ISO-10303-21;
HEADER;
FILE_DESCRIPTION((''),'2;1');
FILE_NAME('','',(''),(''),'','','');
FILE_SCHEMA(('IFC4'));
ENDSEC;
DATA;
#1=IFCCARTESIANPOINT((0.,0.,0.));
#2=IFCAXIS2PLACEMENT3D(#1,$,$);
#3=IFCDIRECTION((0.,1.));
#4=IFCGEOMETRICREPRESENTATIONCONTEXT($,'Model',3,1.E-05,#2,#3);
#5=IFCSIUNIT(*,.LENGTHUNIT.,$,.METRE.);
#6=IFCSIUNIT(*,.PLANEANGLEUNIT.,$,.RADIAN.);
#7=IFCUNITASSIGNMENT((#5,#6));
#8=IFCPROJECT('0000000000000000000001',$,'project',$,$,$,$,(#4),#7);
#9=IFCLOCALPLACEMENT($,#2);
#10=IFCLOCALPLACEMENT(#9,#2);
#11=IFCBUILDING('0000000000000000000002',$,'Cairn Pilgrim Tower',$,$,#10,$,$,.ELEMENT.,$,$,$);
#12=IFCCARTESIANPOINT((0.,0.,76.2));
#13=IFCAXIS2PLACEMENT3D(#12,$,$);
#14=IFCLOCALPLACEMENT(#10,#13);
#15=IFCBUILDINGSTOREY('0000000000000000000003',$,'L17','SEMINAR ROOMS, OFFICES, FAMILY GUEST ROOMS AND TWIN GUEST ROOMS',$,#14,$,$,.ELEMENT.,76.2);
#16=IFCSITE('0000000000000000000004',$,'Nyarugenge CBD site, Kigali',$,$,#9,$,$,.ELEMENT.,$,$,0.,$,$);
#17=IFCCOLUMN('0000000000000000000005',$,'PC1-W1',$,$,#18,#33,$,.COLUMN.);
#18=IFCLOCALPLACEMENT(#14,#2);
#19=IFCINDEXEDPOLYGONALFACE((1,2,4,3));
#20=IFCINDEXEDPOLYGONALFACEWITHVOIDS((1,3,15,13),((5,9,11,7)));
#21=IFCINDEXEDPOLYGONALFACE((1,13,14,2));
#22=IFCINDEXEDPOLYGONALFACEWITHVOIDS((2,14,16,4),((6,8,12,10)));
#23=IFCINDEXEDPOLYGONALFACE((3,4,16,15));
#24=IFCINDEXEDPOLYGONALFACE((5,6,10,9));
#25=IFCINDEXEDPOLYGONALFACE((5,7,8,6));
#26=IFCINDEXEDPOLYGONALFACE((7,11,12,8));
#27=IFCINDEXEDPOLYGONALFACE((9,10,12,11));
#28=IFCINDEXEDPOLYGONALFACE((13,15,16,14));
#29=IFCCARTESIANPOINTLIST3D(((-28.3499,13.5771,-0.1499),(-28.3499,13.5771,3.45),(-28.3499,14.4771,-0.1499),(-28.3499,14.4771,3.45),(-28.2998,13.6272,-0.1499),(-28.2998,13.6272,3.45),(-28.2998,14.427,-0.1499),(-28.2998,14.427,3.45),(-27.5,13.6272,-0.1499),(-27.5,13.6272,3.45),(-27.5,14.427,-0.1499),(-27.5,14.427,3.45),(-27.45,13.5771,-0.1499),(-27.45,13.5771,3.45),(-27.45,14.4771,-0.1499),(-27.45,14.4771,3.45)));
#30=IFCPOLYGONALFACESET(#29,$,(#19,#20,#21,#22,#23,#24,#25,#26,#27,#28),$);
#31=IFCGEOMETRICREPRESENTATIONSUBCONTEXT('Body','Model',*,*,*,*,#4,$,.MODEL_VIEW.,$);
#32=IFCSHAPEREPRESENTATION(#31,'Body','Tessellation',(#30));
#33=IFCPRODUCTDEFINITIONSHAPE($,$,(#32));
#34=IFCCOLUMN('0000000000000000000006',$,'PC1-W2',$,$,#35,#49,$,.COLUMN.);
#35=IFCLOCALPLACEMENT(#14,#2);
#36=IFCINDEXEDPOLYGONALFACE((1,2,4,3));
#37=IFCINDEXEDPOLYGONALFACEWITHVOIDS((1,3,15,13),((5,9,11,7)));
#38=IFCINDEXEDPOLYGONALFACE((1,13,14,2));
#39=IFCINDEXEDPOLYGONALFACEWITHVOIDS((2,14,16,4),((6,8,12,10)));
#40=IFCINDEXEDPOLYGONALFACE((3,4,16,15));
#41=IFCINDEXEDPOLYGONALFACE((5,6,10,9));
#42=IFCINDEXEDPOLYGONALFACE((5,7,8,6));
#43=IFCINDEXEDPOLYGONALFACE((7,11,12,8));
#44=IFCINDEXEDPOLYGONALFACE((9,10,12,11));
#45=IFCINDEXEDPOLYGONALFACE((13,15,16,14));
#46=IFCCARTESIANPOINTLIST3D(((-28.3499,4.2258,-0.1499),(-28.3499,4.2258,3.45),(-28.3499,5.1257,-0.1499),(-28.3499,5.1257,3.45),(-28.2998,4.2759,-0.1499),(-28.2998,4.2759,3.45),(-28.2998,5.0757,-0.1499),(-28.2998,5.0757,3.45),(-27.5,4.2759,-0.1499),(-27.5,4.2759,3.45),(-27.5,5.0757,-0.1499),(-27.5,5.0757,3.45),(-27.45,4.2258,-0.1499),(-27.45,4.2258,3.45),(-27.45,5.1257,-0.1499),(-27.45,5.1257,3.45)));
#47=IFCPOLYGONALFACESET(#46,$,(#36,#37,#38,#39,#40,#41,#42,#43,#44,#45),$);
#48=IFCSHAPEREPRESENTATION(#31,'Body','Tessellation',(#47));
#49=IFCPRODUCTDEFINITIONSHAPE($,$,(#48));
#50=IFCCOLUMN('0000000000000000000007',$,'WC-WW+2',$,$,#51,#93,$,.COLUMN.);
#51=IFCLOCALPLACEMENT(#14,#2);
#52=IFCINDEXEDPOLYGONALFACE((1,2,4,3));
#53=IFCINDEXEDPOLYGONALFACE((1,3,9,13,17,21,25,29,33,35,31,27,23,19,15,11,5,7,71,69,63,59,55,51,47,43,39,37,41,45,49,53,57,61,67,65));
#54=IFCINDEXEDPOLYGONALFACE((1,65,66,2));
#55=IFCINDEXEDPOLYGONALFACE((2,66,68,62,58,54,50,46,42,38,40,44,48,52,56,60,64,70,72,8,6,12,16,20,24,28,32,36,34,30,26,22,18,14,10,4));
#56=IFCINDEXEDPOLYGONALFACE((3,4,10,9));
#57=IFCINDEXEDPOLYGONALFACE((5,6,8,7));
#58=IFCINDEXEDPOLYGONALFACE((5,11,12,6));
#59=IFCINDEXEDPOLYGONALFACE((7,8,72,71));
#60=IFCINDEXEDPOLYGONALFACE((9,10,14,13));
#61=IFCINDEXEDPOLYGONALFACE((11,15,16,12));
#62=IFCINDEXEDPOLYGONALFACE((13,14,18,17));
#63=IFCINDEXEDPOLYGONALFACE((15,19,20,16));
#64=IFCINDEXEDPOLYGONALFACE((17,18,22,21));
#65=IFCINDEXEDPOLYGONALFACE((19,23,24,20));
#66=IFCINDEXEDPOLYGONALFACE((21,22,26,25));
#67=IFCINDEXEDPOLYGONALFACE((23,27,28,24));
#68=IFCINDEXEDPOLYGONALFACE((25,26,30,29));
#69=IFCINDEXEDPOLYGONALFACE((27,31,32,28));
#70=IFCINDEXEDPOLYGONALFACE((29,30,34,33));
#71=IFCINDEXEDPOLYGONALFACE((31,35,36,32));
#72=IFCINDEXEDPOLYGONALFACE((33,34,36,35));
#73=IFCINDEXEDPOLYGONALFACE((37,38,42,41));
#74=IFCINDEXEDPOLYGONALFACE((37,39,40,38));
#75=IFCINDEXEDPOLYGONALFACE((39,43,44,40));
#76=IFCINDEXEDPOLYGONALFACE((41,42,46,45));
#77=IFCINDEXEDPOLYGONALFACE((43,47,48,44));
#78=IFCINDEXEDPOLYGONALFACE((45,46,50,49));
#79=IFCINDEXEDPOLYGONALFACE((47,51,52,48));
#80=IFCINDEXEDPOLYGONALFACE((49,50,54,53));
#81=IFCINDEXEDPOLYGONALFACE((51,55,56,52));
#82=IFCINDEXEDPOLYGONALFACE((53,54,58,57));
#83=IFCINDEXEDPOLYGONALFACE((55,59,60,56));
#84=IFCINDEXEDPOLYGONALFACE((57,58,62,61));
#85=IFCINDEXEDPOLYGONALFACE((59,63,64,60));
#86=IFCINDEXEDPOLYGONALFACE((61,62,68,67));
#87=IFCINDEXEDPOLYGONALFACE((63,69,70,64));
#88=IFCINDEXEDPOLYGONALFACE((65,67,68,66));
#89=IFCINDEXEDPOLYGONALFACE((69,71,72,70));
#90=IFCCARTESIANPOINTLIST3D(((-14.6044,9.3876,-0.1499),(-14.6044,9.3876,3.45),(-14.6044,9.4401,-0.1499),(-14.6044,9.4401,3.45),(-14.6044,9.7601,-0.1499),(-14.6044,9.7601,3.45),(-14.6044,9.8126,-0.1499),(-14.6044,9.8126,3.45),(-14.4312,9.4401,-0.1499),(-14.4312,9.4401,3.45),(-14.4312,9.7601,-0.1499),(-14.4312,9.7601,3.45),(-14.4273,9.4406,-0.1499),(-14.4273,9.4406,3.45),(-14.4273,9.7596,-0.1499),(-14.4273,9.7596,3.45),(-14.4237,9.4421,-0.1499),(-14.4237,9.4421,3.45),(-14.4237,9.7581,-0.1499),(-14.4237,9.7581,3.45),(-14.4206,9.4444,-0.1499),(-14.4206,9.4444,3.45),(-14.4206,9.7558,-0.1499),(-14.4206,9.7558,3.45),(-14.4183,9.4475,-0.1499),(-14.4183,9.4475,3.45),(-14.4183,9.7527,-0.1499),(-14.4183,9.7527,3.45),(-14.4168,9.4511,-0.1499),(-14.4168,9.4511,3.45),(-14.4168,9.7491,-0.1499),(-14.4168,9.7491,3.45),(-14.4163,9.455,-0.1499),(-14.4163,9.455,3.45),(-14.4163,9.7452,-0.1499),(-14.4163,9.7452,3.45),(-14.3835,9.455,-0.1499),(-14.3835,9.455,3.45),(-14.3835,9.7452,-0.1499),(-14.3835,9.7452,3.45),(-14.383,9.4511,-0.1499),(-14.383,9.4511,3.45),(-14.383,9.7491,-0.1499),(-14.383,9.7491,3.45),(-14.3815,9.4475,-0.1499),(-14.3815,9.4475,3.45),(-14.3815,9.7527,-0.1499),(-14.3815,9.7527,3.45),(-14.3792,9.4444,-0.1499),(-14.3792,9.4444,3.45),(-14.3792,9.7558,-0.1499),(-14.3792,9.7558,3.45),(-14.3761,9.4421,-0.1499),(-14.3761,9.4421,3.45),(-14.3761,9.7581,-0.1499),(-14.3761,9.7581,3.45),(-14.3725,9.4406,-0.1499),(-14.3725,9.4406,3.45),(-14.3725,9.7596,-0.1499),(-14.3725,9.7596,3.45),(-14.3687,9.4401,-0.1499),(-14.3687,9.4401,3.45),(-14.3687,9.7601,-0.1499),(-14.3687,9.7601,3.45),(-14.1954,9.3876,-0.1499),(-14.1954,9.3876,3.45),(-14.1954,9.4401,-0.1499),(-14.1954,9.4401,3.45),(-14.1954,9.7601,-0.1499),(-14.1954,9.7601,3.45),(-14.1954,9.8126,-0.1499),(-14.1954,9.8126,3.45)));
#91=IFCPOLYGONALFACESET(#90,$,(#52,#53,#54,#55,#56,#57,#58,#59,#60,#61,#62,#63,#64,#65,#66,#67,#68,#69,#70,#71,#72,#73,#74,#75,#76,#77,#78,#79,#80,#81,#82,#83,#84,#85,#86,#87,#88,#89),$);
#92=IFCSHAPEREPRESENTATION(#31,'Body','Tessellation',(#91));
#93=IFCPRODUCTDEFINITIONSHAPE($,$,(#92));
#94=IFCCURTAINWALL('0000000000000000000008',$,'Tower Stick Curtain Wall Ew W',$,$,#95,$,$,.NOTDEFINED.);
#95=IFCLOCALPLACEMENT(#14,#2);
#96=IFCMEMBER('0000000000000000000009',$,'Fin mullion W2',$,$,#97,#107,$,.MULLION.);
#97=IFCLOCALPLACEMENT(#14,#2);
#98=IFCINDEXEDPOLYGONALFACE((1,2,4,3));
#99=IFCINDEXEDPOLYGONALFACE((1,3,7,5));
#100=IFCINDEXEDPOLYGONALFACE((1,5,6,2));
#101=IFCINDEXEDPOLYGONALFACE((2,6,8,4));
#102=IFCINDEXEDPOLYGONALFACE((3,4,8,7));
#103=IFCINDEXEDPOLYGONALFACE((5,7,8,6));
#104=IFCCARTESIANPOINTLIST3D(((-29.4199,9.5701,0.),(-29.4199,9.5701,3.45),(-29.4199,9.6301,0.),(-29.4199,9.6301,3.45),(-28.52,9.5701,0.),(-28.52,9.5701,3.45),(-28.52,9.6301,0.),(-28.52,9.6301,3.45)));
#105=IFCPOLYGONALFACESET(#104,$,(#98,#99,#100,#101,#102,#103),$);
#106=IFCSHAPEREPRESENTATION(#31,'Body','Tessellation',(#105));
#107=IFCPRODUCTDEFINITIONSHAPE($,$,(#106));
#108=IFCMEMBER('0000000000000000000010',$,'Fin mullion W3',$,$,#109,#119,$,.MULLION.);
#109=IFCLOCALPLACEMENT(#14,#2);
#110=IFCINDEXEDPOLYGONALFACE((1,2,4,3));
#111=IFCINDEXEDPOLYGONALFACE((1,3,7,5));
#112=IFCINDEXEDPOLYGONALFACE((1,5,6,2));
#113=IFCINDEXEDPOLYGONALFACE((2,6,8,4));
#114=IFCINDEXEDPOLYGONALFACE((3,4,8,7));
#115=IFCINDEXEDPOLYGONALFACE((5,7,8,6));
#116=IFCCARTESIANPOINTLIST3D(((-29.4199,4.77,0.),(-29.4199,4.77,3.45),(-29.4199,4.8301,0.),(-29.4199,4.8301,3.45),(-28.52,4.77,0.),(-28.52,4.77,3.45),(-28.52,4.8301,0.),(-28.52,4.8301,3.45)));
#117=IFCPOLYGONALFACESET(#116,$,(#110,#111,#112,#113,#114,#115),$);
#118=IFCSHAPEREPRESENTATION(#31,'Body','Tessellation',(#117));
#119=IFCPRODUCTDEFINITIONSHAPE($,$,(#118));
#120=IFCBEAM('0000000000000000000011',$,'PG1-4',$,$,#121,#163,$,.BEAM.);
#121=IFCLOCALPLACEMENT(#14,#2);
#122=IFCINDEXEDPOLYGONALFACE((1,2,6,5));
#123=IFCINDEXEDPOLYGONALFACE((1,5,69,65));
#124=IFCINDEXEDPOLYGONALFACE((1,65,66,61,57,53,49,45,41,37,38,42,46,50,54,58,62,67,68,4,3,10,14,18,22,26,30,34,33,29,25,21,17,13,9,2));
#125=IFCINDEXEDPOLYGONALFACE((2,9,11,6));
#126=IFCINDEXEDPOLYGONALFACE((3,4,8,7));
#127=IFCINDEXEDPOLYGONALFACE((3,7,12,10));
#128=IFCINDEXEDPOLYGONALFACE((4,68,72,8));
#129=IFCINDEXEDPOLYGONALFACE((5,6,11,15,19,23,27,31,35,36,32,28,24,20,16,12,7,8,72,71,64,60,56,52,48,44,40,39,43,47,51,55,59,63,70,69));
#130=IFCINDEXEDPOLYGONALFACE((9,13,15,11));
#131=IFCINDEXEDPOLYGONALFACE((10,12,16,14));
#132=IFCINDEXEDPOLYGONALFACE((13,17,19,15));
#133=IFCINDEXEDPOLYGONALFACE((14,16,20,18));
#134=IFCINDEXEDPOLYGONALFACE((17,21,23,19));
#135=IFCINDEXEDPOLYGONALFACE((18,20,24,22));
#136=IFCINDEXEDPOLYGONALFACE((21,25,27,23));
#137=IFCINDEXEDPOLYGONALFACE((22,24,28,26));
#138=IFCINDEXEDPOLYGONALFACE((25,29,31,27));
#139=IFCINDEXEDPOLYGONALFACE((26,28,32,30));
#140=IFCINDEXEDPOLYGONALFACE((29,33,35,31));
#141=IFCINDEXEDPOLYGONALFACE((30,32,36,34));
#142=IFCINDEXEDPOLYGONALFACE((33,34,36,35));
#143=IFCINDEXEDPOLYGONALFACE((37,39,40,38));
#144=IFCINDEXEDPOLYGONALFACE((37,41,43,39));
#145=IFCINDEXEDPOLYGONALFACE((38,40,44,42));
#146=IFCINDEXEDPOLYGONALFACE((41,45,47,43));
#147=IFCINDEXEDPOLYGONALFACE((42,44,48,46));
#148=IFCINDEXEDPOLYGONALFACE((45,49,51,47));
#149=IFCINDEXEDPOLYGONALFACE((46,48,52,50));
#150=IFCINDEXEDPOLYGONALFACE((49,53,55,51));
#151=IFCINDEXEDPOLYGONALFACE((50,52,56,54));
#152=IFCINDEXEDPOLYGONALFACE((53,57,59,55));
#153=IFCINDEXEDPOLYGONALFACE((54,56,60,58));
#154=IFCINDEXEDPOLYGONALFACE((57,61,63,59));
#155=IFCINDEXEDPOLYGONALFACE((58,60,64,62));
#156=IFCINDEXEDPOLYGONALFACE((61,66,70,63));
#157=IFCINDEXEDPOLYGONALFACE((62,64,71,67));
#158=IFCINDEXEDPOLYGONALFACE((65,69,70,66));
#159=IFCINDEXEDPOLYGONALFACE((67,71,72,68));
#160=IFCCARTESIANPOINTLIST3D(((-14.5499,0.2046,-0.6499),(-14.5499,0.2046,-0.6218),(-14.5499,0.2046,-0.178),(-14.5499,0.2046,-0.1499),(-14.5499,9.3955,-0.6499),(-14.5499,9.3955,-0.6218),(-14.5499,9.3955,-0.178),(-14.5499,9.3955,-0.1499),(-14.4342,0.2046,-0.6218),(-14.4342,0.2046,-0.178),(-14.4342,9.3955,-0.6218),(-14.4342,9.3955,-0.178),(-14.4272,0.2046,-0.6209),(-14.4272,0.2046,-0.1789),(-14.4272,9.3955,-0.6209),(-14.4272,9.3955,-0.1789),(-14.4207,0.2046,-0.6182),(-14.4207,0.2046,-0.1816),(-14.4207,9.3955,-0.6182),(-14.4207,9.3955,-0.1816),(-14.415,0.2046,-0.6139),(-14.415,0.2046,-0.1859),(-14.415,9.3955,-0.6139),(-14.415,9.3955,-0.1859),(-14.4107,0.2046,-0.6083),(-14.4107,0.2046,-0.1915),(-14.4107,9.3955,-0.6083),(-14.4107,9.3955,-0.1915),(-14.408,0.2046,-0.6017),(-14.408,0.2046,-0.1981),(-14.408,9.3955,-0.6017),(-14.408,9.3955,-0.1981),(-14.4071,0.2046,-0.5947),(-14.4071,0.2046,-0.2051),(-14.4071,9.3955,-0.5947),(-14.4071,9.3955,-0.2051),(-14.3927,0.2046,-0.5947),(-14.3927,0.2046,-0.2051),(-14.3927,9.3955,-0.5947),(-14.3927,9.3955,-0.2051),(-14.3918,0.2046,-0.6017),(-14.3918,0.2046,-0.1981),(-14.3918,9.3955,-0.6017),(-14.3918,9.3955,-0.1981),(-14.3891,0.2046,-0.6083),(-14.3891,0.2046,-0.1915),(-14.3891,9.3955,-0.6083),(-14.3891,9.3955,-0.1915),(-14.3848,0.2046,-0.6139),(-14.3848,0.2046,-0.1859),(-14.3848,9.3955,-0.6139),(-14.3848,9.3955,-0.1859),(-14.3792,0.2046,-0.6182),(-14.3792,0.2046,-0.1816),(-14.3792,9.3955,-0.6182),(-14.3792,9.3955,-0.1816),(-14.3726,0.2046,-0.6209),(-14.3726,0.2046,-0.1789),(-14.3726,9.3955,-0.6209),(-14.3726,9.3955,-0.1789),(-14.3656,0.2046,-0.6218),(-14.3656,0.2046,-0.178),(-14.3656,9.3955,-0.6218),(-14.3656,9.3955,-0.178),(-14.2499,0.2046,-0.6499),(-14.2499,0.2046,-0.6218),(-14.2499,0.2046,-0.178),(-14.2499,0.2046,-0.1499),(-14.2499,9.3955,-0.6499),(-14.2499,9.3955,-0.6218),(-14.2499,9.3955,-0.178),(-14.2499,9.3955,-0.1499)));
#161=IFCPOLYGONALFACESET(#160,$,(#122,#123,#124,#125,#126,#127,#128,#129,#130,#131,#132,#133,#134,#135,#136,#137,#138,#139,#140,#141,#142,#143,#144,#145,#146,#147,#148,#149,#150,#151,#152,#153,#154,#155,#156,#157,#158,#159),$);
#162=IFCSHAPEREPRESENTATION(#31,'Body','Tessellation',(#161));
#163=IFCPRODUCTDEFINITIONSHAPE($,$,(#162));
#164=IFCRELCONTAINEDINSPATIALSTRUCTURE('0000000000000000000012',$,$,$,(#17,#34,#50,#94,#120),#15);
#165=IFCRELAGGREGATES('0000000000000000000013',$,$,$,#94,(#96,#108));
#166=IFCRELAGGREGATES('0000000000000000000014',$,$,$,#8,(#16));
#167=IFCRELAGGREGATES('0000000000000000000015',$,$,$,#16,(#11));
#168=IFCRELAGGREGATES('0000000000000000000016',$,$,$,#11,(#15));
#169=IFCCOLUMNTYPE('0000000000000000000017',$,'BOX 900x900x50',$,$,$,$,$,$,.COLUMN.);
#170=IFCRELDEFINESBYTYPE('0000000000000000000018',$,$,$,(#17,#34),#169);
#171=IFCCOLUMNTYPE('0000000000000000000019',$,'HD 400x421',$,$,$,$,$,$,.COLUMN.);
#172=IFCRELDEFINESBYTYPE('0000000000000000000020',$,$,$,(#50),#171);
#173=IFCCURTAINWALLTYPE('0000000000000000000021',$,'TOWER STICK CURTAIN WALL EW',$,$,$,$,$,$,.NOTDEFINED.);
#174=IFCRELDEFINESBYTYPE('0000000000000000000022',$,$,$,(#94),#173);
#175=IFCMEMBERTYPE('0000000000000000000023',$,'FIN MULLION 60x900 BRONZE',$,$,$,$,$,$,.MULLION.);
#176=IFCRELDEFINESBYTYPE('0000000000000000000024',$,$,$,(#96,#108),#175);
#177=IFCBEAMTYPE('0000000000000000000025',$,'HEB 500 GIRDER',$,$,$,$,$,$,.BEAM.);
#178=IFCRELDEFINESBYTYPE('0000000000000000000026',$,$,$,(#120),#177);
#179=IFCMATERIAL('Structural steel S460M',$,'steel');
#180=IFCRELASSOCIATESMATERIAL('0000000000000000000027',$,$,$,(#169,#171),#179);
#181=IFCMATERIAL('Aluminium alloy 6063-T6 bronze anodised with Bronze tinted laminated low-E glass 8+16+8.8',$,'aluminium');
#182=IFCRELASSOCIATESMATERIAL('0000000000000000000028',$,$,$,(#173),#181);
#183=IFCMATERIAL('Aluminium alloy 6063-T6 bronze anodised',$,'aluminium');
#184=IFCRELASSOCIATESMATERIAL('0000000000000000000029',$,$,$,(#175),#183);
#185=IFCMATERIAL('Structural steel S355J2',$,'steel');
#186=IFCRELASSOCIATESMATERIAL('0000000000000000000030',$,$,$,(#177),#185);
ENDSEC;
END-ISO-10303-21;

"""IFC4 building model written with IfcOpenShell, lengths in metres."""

from ifc_helpers import new_model, si_unit, direction, frame, origin, origin_2d, place, context, subcontext, project, spatial, rectangle, hollow_rectangle, i_section, extrude, material, material_profile, profile_set, type_object, element, aggregate, save


model = new_model("IFC4")

# Units and contexts
model_context = context("Model", 3, precision=1e-05, world=origin(), true_north=direction((0.0, 1.0)))
body_context = subcontext(model_context, "Body", "Model", "MODEL_VIEW")
ifc_project = project(units=[si_unit("LENGTHUNIT", "METRE"), si_unit("PLANEANGLEUNIT", "RADIAN")], contexts=[model_context])

# Site, building, storey
site_placement = place(None, origin())
site = spatial("IfcSite", under=ifc_project, at=site_placement, Name="Nyarugenge CBD site, Kigali", CompositionType="ELEMENT", RefElevation=0.0)
building_placement = place(site_placement, origin())
building = spatial("IfcBuilding", under=site, at=building_placement, Name="Cairn Pilgrim Tower", CompositionType="ELEMENT")
storey_placement = place(building_placement, frame((0.0, 0.0, 76.2)))
storey = spatial("IfcBuildingStorey", under=building, at=storey_placement, Name="L17", Description="SEMINAR ROOMS, OFFICES, FAMILY GUEST ROOMS AND TWIN GUEST ROOMS", CompositionType="ELEMENT", Elevation=76.2)

# Columns
ifc_material_1 = material(Name="Structural steel S460M", Category="steel")
ifc_material_profile_1 = material_profile(ifc_material_1, hollow_rectangle(XDim=0.8999, YDim=0.8999, WallThickness=0.05, at=origin_2d()), Name="BOX 900x900x50")
ifc_profile_set_1 = profile_set([ifc_material_profile_1], Name="Structural steel S460M")
column_type_1 = type_object("IfcColumnType", Name="BOX 900x900x50", PredefinedType="COLUMN", material=ifc_profile_set_1)
for number, where, z_axis, x_axis, name in (
    (1, (-27.8999, 14.0271, -0.1499), (0.0, 0.0, 1.0), (1.0, 0.0, 0.0), "PC1-W1"),
    (2, (-27.8999, 4.6758, -0.1499), (0.0, 0.0, 1.0), (1.0, 0.0, 0.0), "PC1-W2"),
):
    element("IfcColumn", number, at=place(storey_placement, frame(where, z_axis=z_axis, x_axis=x_axis)), inside=storey, type_object=column_type_1, Name=name, PredefinedType="COLUMN", context=body_context, shape_type="SweptSolid", body=[
        extrude(hollow_rectangle(XDim=0.8999, YDim=0.8999, WallThickness=0.05, at=origin_2d()), origin(), (0.0, 0.0, 1.0), 3.5999),
    ])
ifc_material_profile_2 = material_profile(ifc_material_1, i_section(OverallWidth=0.4089, OverallDepth=0.425, WebThickness=0.0327, FlangeThickness=0.0525, FilletRadius=0.0149, at=origin_2d()), Name="HD 400x421")
ifc_profile_set_2 = profile_set([ifc_material_profile_2], Name="Structural steel S460M")
column_type_2 = type_object("IfcColumnType", Name="HD 400x421", PredefinedType="COLUMN", material=ifc_profile_set_2)
column_placement = place(storey_placement, frame((-14.3999, 9.6001, -0.1499), z_axis=(0.0, 0.0, 1.0), x_axis=(1.0, 0.0, 0.0)))
element("IfcColumn", 3, at=column_placement, inside=storey, type_object=column_type_2, Name="WC-WW+2", PredefinedType="COLUMN", context=body_context, shape_type="SweptSolid", body=[
    extrude(i_section(OverallWidth=0.4089, OverallDepth=0.425, WebThickness=0.0327, FlangeThickness=0.0525, FilletRadius=0.0149, at=origin_2d()), origin(), (0.0, 0.0, 1.0), 3.5999),
])

# Curtain wall, members
ifc_material_2 = material(Name="Aluminium alloy 6063-T6 bronze anodised with Bronze tinted laminated low-E glass 8+16+8.8", Category="aluminium")
curtain_wall_type = type_object("IfcCurtainWallType", Name="TOWER STICK CURTAIN WALL EW", PredefinedType="NOTDEFINED", material=ifc_material_2)
curtain_wall_placement = place(storey_placement, origin())
curtain_wall = element("IfcCurtainWall", 4, at=curtain_wall_placement, inside=storey, type_object=curtain_wall_type, Name="Tower Stick Curtain Wall Ew W", PredefinedType="NOTDEFINED")
ifc_material_3 = material(Name="Aluminium alloy 6063-T6 bronze anodised", Category="aluminium")
ifc_material_profile_3 = material_profile(ifc_material_3, rectangle(XDim=0.8999, YDim=0.0601, at=origin_2d()), Name="FIN MULLION 60x900 BRONZE")
ifc_profile_set_3 = profile_set([ifc_material_profile_3], Name="Aluminium alloy 6063-T6 bronze anodised")
member_type_1 = type_object("IfcMemberType", Name="FIN MULLION 60x900 BRONZE", PredefinedType="MULLION", material=ifc_profile_set_3)
member_1_placement = place(storey_placement, frame((-28.97, 9.6001, 0.0), z_axis=(0.0, 0.0, 1.0), x_axis=(-1.0, 0.0, 0.0)))
member_1 = element("IfcMember", 5, at=member_1_placement, type_object=member_type_1, Name="Fin mullion W2", PredefinedType="MULLION", context=body_context, shape_type="SweptSolid", body=[
    extrude(rectangle(XDim=0.8999, YDim=0.0601, at=origin_2d()), origin(), (0.0, 0.0, 1.0), 3.45),
])
member_2_placement = place(storey_placement, frame((-28.97, 4.8, 0.0), z_axis=(0.0, 0.0, 1.0), x_axis=(-1.0, 0.0, 0.0)))
member_2 = element("IfcMember", 6, at=member_2_placement, type_object=member_type_1, Name="Fin mullion W3", PredefinedType="MULLION", context=body_context, shape_type="SweptSolid", body=[
    extrude(rectangle(XDim=0.8999, YDim=0.0601, at=origin_2d()), origin(), (0.0, 0.0, 1.0), 3.45),
])

# Beam
ifc_material_4 = material(Name="Structural steel S355J2", Category="steel")
ifc_material_profile_4 = material_profile(ifc_material_4, i_section(OverallWidth=0.3, OverallDepth=0.5, WebThickness=0.0144, FlangeThickness=0.0281, FilletRadius=0.0271, at=origin_2d()), Name="HEB 500")
ifc_profile_set_4 = profile_set([ifc_material_profile_4], Name="Structural steel S355J2")
beam_type_1 = type_object("IfcBeamType", Name="HEB 500 GIRDER", PredefinedType="BEAM", material=ifc_profile_set_4)
beam_placement = place(storey_placement, frame((-14.3999, 0.2046, -0.3999), z_axis=(0.0, 1.0, 0.0), x_axis=(-1.0, 0.0, 0.0)))
element("IfcBeam", 7, at=beam_placement, inside=storey, type_object=beam_type_1, Name="PG1-4", PredefinedType="BEAM", context=body_context, shape_type="SweptSolid", body=[
    extrude(i_section(OverallWidth=0.3, OverallDepth=0.5, WebThickness=0.0144, FlangeThickness=0.0281, FilletRadius=0.0271, at=origin_2d()), origin(), (0.0, 0.0, 1.0), 9.1909),
])

aggregate(curtain_wall, [member_1, member_2])

save(model, "model.ifc")
